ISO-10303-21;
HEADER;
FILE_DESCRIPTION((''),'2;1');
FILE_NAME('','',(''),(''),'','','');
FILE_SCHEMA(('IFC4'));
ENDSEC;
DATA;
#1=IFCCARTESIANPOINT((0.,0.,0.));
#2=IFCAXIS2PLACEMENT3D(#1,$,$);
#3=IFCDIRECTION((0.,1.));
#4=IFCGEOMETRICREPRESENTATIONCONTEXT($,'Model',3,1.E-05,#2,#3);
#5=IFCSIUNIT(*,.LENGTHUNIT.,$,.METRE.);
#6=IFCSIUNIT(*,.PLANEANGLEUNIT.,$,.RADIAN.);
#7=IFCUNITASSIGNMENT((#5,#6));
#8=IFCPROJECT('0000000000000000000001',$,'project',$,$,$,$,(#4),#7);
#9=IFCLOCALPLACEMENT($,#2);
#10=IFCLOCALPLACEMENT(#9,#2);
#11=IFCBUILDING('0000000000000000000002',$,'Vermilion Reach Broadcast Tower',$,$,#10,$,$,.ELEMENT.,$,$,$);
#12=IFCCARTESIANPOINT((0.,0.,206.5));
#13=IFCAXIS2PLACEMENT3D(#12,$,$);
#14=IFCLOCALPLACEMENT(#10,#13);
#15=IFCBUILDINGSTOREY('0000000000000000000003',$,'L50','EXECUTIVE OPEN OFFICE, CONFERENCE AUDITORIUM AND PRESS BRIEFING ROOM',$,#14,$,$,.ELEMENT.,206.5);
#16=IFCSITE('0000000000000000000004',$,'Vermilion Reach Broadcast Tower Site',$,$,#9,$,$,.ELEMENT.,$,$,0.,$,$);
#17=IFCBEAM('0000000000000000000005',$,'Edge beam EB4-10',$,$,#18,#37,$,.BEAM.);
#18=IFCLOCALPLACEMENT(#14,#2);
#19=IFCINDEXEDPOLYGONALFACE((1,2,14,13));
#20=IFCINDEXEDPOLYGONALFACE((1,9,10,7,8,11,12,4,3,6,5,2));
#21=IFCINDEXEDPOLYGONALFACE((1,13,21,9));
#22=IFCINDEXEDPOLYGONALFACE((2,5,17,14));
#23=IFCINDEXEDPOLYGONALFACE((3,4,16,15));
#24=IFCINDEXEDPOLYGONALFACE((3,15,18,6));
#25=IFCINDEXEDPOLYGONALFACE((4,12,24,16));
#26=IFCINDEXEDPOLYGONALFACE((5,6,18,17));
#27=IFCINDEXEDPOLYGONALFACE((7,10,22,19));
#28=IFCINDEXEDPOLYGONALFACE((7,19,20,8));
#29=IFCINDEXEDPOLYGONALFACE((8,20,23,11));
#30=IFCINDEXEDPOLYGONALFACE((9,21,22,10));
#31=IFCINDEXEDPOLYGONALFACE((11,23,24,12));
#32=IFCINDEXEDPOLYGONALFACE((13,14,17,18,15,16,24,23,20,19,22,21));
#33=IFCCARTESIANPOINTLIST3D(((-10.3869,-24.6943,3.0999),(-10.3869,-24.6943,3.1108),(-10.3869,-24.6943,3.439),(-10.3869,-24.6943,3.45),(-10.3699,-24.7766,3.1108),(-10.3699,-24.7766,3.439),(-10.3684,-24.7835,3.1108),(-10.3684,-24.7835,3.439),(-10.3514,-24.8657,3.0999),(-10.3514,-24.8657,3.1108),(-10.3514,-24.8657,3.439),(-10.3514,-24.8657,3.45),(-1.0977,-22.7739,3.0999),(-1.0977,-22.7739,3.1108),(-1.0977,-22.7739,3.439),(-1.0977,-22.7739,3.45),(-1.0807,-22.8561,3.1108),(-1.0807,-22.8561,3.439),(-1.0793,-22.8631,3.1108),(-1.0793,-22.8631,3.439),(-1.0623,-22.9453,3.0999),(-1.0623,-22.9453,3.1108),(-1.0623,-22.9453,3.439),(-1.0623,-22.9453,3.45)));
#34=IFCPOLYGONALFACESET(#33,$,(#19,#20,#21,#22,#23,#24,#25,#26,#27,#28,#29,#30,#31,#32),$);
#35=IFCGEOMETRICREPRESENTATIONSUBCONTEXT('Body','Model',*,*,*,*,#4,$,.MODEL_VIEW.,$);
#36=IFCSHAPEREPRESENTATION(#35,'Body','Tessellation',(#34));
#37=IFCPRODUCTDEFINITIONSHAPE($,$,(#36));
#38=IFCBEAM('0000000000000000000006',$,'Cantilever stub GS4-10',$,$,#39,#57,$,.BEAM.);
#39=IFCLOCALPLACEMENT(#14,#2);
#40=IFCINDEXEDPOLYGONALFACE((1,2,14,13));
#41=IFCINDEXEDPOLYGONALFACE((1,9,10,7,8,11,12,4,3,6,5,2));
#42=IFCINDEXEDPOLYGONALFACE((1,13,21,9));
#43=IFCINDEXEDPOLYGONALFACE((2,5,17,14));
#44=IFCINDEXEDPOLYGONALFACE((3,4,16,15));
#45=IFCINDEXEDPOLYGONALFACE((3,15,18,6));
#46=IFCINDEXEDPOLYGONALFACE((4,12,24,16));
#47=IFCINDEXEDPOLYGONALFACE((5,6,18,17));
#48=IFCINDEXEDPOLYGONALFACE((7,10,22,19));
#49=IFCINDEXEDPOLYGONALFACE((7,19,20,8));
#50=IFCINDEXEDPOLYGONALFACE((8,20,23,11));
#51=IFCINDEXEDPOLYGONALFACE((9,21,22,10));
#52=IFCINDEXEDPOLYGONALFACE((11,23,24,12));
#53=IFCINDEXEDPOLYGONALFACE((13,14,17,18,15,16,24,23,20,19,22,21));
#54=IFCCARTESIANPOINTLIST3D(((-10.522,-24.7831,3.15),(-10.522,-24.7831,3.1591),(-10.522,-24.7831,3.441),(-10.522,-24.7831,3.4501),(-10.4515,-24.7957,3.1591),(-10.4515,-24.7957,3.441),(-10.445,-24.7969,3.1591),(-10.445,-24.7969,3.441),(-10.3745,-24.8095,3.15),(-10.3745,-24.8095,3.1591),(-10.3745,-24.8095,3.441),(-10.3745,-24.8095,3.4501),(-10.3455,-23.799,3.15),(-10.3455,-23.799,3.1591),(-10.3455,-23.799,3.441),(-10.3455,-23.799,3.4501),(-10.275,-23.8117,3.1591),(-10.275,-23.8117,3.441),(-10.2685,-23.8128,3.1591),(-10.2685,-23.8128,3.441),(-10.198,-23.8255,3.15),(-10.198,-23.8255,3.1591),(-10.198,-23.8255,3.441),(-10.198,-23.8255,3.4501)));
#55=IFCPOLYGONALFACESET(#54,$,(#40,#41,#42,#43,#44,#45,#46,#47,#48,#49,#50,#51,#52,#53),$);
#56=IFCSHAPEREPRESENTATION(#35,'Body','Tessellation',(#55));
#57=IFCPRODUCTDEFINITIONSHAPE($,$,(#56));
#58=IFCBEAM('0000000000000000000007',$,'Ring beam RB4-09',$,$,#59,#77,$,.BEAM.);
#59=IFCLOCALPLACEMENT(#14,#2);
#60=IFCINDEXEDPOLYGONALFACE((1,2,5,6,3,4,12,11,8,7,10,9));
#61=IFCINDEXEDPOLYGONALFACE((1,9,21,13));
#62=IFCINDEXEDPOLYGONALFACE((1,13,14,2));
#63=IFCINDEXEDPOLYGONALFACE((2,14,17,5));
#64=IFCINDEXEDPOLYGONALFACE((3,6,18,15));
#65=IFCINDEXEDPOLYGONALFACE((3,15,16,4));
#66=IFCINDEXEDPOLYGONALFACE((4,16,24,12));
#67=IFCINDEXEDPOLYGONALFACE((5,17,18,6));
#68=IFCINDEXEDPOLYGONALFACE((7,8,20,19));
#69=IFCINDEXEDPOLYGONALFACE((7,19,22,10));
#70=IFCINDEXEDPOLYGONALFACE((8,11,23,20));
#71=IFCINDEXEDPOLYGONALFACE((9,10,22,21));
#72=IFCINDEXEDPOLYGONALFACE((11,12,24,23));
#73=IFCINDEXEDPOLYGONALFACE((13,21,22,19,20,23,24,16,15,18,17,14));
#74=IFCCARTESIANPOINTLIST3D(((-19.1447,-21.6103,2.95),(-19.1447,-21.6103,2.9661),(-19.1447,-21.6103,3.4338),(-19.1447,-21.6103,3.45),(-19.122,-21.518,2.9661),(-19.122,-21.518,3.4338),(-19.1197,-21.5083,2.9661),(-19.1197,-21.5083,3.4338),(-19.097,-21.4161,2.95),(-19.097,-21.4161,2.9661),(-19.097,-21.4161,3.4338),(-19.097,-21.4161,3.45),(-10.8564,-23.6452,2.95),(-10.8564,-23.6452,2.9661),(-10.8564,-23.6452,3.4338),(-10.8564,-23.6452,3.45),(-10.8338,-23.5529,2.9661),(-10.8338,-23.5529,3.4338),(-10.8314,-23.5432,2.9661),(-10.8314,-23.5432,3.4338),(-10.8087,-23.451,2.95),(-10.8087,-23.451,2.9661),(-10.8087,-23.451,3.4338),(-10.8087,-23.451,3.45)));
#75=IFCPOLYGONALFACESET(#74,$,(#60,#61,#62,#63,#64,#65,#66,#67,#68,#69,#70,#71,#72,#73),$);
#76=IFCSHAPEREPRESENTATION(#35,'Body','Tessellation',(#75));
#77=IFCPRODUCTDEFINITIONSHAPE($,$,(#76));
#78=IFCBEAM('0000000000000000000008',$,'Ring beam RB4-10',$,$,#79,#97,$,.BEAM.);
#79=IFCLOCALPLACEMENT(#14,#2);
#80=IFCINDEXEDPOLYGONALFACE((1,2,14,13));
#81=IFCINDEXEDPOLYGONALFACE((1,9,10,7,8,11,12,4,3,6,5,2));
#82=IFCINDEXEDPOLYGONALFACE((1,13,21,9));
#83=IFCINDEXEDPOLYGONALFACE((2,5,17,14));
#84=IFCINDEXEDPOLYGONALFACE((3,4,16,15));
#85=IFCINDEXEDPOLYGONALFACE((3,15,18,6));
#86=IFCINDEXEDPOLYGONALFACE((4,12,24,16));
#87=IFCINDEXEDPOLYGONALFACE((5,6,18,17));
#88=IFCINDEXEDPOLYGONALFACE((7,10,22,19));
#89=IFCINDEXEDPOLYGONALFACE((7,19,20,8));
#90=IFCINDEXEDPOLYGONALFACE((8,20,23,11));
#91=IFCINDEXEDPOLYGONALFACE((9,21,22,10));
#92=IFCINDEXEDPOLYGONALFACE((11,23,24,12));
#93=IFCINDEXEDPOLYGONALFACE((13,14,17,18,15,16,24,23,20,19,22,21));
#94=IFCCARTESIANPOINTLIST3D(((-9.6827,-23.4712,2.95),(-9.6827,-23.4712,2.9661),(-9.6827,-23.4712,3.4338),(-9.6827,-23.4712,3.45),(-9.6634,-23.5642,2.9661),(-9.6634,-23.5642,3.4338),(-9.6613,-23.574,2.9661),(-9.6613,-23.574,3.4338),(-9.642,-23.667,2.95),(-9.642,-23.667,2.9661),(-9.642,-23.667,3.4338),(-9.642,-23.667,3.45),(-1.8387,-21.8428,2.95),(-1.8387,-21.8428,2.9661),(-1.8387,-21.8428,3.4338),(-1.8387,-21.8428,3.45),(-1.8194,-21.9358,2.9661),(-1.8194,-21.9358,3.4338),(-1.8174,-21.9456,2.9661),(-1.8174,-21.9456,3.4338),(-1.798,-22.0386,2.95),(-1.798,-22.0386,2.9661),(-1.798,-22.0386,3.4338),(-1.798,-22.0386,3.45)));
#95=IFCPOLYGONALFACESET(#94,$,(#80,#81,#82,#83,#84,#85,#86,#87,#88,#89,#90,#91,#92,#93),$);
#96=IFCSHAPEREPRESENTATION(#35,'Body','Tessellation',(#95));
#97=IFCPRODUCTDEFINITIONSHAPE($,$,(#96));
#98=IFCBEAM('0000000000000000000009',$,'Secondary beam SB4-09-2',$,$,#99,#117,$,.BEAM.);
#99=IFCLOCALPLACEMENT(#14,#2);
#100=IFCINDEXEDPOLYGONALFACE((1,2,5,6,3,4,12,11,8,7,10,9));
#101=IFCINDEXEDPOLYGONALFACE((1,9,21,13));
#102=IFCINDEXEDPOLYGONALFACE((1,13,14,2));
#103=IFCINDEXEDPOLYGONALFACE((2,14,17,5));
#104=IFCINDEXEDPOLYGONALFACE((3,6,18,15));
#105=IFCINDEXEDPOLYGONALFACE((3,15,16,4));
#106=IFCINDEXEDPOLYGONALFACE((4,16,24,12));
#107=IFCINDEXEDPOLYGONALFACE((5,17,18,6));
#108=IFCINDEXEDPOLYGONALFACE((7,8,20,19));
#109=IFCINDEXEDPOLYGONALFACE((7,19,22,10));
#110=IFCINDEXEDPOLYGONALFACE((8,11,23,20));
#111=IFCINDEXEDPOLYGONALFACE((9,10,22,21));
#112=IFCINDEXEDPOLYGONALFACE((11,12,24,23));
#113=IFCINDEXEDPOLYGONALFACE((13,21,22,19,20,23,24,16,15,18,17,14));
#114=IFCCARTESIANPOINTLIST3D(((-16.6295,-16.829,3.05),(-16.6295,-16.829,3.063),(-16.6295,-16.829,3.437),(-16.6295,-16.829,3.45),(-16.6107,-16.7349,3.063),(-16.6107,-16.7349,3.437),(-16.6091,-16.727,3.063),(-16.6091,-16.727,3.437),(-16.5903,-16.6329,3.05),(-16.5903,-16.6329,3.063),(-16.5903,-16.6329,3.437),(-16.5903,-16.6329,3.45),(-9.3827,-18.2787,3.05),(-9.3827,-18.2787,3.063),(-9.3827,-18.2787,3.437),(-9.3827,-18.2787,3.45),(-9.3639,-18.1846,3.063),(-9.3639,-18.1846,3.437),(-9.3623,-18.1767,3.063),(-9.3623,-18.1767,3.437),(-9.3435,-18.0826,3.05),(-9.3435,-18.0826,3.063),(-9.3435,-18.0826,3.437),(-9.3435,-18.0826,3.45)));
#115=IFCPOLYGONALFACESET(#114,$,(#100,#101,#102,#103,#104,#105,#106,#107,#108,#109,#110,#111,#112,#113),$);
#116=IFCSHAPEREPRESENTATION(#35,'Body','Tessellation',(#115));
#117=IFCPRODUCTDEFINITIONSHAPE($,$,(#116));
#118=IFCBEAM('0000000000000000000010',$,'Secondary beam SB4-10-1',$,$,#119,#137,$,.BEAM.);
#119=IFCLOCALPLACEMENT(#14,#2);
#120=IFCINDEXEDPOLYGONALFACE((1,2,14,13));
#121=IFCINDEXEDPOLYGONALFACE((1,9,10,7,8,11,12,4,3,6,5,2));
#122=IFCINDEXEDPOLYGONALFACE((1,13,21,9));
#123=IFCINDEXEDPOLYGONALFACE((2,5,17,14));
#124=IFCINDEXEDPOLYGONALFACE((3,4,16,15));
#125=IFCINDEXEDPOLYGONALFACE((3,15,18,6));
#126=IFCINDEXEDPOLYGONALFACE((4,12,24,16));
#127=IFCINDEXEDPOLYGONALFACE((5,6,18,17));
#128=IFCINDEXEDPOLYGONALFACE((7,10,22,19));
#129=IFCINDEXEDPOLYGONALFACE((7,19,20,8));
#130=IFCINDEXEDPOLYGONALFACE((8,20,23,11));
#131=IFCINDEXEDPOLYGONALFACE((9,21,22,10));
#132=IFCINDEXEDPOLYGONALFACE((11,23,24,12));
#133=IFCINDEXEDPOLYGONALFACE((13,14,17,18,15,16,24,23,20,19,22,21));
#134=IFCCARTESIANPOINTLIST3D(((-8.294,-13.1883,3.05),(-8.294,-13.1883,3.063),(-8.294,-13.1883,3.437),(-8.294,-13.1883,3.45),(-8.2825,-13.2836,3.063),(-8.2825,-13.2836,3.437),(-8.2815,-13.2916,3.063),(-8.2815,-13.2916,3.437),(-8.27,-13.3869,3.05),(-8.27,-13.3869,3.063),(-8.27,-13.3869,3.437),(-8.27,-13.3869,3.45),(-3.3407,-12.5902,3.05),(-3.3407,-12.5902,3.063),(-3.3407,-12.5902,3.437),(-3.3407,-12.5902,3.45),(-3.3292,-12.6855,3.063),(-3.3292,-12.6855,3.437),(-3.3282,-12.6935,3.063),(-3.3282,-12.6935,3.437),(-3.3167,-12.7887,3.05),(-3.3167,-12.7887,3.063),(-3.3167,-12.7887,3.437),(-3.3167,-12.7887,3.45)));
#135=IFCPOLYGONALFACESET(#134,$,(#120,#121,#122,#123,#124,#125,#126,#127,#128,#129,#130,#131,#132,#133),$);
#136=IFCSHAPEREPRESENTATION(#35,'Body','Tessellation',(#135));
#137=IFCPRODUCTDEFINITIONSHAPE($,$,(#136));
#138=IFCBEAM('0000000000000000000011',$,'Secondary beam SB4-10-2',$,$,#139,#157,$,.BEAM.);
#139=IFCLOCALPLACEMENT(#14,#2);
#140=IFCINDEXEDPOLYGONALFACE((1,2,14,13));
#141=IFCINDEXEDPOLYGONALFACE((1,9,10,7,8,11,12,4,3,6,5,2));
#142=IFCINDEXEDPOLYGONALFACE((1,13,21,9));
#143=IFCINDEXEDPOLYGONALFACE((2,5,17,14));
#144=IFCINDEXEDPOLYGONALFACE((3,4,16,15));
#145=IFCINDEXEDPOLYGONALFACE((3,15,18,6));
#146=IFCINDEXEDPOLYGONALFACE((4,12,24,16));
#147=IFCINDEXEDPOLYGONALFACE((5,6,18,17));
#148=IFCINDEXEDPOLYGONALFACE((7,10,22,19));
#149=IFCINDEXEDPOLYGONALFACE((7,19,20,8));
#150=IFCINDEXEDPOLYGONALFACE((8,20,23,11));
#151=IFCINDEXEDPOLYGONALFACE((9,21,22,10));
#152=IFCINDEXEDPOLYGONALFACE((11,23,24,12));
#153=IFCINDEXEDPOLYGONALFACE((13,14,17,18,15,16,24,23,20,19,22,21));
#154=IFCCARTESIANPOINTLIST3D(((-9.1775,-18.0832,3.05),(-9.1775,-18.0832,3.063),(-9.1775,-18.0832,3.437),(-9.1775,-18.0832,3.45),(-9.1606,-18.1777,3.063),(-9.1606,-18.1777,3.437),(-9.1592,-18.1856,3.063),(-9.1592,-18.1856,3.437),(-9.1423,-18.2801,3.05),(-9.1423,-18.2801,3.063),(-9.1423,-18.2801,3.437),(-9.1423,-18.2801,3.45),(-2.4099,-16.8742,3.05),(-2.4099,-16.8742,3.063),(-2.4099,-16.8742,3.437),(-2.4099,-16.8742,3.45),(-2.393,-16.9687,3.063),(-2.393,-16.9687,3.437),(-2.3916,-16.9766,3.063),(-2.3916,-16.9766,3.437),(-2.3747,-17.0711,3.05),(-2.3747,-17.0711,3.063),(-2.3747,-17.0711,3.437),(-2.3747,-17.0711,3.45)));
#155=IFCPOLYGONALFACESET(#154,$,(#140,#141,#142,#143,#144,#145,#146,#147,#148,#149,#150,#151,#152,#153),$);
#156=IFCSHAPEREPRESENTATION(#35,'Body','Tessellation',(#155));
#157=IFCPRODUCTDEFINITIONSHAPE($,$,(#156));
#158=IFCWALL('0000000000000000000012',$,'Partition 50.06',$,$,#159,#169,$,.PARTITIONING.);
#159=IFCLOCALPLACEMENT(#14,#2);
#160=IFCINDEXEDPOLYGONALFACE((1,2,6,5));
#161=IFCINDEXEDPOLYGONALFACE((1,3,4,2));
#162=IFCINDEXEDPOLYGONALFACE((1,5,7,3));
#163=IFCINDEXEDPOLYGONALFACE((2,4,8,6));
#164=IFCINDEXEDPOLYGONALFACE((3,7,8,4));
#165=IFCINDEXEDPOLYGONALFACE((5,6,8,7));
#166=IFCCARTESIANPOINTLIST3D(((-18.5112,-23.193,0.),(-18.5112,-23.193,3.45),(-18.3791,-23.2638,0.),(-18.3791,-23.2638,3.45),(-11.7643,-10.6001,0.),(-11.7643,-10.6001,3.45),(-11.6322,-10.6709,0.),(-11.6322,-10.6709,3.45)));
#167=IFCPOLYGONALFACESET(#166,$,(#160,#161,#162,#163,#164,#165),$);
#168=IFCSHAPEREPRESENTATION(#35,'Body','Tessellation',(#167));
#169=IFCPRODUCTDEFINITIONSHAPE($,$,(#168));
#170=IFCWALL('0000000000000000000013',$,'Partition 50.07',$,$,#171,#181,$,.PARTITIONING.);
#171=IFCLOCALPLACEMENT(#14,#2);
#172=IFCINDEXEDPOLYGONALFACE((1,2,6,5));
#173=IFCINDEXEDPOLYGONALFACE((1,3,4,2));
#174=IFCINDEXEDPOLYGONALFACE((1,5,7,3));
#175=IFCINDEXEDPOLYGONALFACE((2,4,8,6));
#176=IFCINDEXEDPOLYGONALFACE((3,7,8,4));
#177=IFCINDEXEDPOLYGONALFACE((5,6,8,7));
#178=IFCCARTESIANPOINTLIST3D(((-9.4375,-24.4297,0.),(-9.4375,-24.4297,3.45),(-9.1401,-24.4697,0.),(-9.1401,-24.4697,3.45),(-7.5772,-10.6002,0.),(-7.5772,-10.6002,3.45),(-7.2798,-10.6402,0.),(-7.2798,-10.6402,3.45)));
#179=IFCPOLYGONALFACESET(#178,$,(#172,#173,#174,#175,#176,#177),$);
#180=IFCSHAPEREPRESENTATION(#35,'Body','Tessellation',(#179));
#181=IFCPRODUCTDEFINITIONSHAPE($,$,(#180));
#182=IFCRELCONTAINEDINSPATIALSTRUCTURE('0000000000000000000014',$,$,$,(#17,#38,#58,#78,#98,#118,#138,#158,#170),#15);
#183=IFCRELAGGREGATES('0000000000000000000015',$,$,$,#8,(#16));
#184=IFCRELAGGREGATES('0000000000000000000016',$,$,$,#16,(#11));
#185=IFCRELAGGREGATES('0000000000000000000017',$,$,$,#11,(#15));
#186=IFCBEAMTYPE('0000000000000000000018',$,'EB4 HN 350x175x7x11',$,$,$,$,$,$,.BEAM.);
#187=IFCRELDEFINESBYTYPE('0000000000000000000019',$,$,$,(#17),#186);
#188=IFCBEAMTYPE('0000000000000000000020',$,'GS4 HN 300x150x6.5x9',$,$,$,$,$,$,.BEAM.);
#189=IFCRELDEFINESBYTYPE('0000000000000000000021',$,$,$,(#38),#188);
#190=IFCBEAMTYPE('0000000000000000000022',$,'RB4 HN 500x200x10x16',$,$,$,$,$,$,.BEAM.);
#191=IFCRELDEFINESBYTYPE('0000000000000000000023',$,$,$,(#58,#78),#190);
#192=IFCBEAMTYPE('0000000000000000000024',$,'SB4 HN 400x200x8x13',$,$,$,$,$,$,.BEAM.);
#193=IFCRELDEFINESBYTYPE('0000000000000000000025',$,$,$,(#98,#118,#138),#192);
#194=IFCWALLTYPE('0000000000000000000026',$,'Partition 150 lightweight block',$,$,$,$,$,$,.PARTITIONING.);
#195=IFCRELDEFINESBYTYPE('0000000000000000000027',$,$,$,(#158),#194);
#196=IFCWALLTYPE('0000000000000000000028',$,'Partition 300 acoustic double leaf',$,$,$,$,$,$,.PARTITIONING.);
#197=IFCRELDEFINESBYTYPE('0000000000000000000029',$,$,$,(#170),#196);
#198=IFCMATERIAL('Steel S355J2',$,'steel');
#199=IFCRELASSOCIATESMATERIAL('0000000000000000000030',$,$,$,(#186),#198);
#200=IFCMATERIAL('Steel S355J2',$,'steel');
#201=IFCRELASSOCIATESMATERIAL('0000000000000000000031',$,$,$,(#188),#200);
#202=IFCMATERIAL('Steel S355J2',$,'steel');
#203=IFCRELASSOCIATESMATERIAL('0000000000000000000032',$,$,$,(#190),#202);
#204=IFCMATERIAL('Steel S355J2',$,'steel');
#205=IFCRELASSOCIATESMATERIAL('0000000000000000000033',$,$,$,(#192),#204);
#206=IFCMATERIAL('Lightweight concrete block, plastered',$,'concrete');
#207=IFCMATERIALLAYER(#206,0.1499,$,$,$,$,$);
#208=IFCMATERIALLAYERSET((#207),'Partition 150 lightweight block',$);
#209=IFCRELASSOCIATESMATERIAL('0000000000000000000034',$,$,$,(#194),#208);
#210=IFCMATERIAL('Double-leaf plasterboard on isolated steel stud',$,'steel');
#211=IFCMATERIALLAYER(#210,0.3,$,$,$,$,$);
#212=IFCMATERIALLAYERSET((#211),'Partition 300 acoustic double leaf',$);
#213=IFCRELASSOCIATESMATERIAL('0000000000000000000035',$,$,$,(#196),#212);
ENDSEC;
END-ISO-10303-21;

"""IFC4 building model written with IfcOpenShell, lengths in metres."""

from ifc_helpers import new_model, si_unit, direction, frame, frame_2d, origin, origin_2d, place, context, subcontext, project, spatial, rectangle, i_section, extrude, material, layer, layer_set, material_profile, profile_set, type_object, element, save


model = new_model("IFC4")

# Units and contexts
model_context = context("Model", 3, precision=1e-05, world=origin(), true_north=direction((0.0, 1.0)))
body_context = subcontext(model_context, "Body", "Model", "MODEL_VIEW")
ifc_project = project(units=[si_unit("LENGTHUNIT", "METRE"), si_unit("PLANEANGLEUNIT", "RADIAN")], contexts=[model_context])

# Site, building, storey
site_placement = place(None, origin())
site = spatial("IfcSite", under=ifc_project, at=site_placement, Name="Vermilion Reach Broadcast Tower Site", CompositionType="ELEMENT", RefElevation=0.0)
building_placement = place(site_placement, origin())
building = spatial("IfcBuilding", under=site, at=building_placement, Name="Vermilion Reach Broadcast Tower", CompositionType="ELEMENT")
storey_placement = place(building_placement, frame((0.0, 0.0, 206.5)))
storey = spatial("IfcBuildingStorey", under=building, at=storey_placement, Name="L50", Description="EXECUTIVE OPEN OFFICE, CONFERENCE AUDITORIUM AND PRESS BRIEFING ROOM", CompositionType="ELEMENT", Elevation=206.5)

# Beams
ifc_material_1 = material(Name="Steel S355J2", Category="steel")
ifc_material_profile_1 = material_profile(ifc_material_1, i_section(OverallWidth=0.175, OverallDepth=0.3501, WebThickness=0.0071, FlangeThickness=0.011, at=origin_2d()), Name="S355J2 HN 350x175x7x11")
ifc_profile_set_1 = profile_set([ifc_material_profile_1], Name="Steel S355J2")
beam_type_1 = type_object("IfcBeamType", Name="EB4 HN 350x175x7x11", PredefinedType="BEAM", material=ifc_profile_set_1)
beam_1_placement = place(storey_placement, frame((-10.3691, -24.78, 3.2749), z_axis=(0.979291, 0.202458, 0.0), x_axis=(-0.202458, 0.979291, 0.0)))
element("IfcBeam", 1, at=beam_1_placement, inside=storey, type_object=beam_type_1, Name="Edge beam EB4-10", PredefinedType="BEAM", context=body_context, shape_type="SweptSolid", body=[
    extrude(i_section(OverallWidth=0.175, OverallDepth=0.3501, WebThickness=0.0071, FlangeThickness=0.011, at=origin_2d()), origin(), (0.0, 0.0, 1.0), 9.4856),
])
ifc_material_2 = material(Name="Steel S355J2", Category="steel")
ifc_material_profile_2 = material_profile(ifc_material_2, i_section(OverallWidth=0.1499, OverallDepth=0.3, WebThickness=0.0066, FlangeThickness=0.009, at=origin_2d()), Name="S355J2 HN 300x150x6.5x9")
ifc_profile_set_2 = profile_set([ifc_material_profile_2], Name="Steel S355J2")
beam_type_2 = type_object("IfcBeamType", Name="GS4 HN 300x150x6.5x9", PredefinedType="BEAM", material=ifc_profile_set_2)
beam_2_placement = place(storey_placement, frame((-10.2717, -23.8123, 3.3), z_axis=(-0.176543, -0.984293, 0.0), x_axis=(0.984293, -0.176543, 0.0)))
element("IfcBeam", 2, at=beam_2_placement, inside=storey, type_object=beam_type_2, Name="Cantilever stub GS4-10", PredefinedType="BEAM", context=body_context, shape_type="SweptSolid", body=[
    extrude(i_section(OverallWidth=0.1499, OverallDepth=0.3, WebThickness=0.0066, FlangeThickness=0.009, at=origin_2d()), origin(), (0.0, 0.0, 1.0), 0.9998),
])
ifc_material_3 = material(Name="Steel S355J2", Category="steel")
ifc_material_profile_3 = material_profile(ifc_material_3, i_section(OverallWidth=0.2, OverallDepth=0.5, WebThickness=0.01, FlangeThickness=0.0161, at=origin_2d()), Name="S355J2 HN 500x200x10x16")
ifc_profile_set_3 = profile_set([ifc_material_profile_3], Name="Steel S355J2")
beam_type_3 = type_object("IfcBeamType", Name="RB4 HN 500x200x10x16", PredefinedType="BEAM", material=ifc_profile_set_3)
beam_3_placement = place(storey_placement, frame((-19.1208, -21.5132, 3.2), z_axis=(0.971159, -0.238434, 0.0), x_axis=(0.238434, 0.971159, 0.0)))
element("IfcBeam", 3, at=beam_3_placement, inside=storey, type_object=beam_type_3, Name="Ring beam RB4-09", PredefinedType="BEAM", context=body_context, shape_type="SweptSolid", body=[
    extrude(i_section(OverallWidth=0.2, OverallDepth=0.5, WebThickness=0.01, FlangeThickness=0.0161, at=origin_2d()), origin(), (0.0, 0.0, 1.0), 8.5344),
])
beam_4_placement = place(storey_placement, frame((-9.6624, -23.5691, 3.2), z_axis=(0.979123, 0.203267, 0.0), x_axis=(-0.203267, 0.979123, 0.0)))
element("IfcBeam", 4, at=beam_4_placement, inside=storey, type_object=beam_type_3, Name="Ring beam RB4-10", PredefinedType="BEAM", context=body_context, shape_type="SweptSolid", body=[
    extrude(i_section(OverallWidth=0.2, OverallDepth=0.5, WebThickness=0.01, FlangeThickness=0.0161, at=origin_2d()), origin(), (0.0, 0.0, 1.0), 8.0112),
])
ifc_material_4 = material(Name="Steel S355J2", Category="steel")
ifc_material_profile_4 = material_profile(ifc_material_4, i_section(OverallWidth=0.2, OverallDepth=0.3999, WebThickness=0.0081, FlangeThickness=0.0129, at=origin_2d()), Name="S355J2 HN 400x200x8x13")
ifc_profile_set_4 = profile_set([ifc_material_profile_4], Name="Steel S355J2")
beam_type_4 = type_object("IfcBeamType", Name="SB4 HN 400x200x8x13", PredefinedType="BEAM", material=ifc_profile_set_4)
beam_5_placement = place(storey_placement, frame((-16.6099, -16.731, 3.25), z_axis=(0.980572, -0.196161, 0.0), x_axis=(0.196161, 0.980572, 0.0)))
element("IfcBeam", 5, at=beam_5_placement, inside=storey, type_object=beam_type_4, Name="Secondary beam SB4-09-2", PredefinedType="BEAM", context=body_context, shape_type="SweptSolid", body=[
    extrude(i_section(OverallWidth=0.2, OverallDepth=0.3999, WebThickness=0.0081, FlangeThickness=0.0129, at=origin_2d()), origin(), (0.0, 0.0, 1.0), 7.3904),
])
beam_6_placement = place(storey_placement, frame((-8.282, -13.2876, 3.25), z_axis=(0.992788, 0.119884, 0.0), x_axis=(-0.119884, 0.992788, 0.0)))
element("IfcBeam", 6, at=beam_6_placement, inside=storey, type_object=beam_type_4, Name="Secondary beam SB4-10-1", PredefinedType="BEAM", context=body_context, shape_type="SweptSolid", body=[
    extrude(i_section(OverallWidth=0.2, OverallDepth=0.3999, WebThickness=0.0081, FlangeThickness=0.0129, at=origin_2d()), origin(), (0.0, 0.0, 1.0), 4.9893),
])
beam_7_placement = place(storey_placement, frame((-9.1599, -18.1816, 3.25), z_axis=(0.984415, 0.175859, 0.0), x_axis=(-0.175859, 0.984415, 0.0)))
element("IfcBeam", 7, at=beam_7_placement, inside=storey, type_object=beam_type_4, Name="Secondary beam SB4-10-2", PredefinedType="BEAM", context=body_context, shape_type="SweptSolid", body=[
    extrude(i_section(OverallWidth=0.2, OverallDepth=0.3999, WebThickness=0.0081, FlangeThickness=0.0129, at=origin_2d()), origin(), (0.0, 0.0, 1.0), 6.8748),
])

# Walls
ifc_material_5 = material(Name="Lightweight concrete block, plastered", Category="concrete")
ifc_layer_1 = layer(ifc_material_5, 0.1499)
ifc_layer_set_1 = layer_set([ifc_layer_1], Name="Partition 150 lightweight block")
wall_type_1 = type_object("IfcWallType", Name="Partition 150 lightweight block", PredefinedType="PARTITIONING", material=ifc_layer_set_1)
wall_1_placement = place(storey_placement, frame((-18.4451, -23.2283, 0.0), z_axis=(0.0, 0.0, 1.0), x_axis=(0.472259, 0.88146, 0.0)))
element("IfcWall", 8, at=wall_1_placement, inside=storey, type_object=wall_type_1, Name="Partition 50.06", PredefinedType="PARTITIONING", context=body_context, shape_type="SweptSolid", body=[
    extrude(rectangle(XDim=14.2864, YDim=0.1499, at=frame_2d((7.1431, 0.0))), origin(), (0.0, 0.0, 1.0), 3.45),
])
ifc_material_6 = material(Name="Double-leaf plasterboard on isolated steel stud", Category="steel")
ifc_layer_2 = layer(ifc_material_6, 0.3)
ifc_layer_set_2 = layer_set([ifc_layer_2], Name="Partition 300 acoustic double leaf")
wall_type_2 = type_object("IfcWallType", Name="Partition 300 acoustic double leaf", PredefinedType="PARTITIONING", material=ifc_layer_set_2)
wall_2_placement = place(storey_placement, frame((-9.2888, -24.4497, 0.0), z_axis=(0.0, 0.0, 1.0), x_axis=(0.133319, 0.991073, 0.0)))
element("IfcWall", 9, at=wall_2_placement, inside=storey, type_object=wall_type_2, Name="Partition 50.07", PredefinedType="PARTITIONING", context=body_context, shape_type="SweptSolid", body=[
    extrude(rectangle(XDim=13.9541, YDim=0.3, at=frame_2d((6.9771, 0.0))), origin(), (0.0, 0.0, 1.0), 3.45),
])

save(model, "model.ifc")
